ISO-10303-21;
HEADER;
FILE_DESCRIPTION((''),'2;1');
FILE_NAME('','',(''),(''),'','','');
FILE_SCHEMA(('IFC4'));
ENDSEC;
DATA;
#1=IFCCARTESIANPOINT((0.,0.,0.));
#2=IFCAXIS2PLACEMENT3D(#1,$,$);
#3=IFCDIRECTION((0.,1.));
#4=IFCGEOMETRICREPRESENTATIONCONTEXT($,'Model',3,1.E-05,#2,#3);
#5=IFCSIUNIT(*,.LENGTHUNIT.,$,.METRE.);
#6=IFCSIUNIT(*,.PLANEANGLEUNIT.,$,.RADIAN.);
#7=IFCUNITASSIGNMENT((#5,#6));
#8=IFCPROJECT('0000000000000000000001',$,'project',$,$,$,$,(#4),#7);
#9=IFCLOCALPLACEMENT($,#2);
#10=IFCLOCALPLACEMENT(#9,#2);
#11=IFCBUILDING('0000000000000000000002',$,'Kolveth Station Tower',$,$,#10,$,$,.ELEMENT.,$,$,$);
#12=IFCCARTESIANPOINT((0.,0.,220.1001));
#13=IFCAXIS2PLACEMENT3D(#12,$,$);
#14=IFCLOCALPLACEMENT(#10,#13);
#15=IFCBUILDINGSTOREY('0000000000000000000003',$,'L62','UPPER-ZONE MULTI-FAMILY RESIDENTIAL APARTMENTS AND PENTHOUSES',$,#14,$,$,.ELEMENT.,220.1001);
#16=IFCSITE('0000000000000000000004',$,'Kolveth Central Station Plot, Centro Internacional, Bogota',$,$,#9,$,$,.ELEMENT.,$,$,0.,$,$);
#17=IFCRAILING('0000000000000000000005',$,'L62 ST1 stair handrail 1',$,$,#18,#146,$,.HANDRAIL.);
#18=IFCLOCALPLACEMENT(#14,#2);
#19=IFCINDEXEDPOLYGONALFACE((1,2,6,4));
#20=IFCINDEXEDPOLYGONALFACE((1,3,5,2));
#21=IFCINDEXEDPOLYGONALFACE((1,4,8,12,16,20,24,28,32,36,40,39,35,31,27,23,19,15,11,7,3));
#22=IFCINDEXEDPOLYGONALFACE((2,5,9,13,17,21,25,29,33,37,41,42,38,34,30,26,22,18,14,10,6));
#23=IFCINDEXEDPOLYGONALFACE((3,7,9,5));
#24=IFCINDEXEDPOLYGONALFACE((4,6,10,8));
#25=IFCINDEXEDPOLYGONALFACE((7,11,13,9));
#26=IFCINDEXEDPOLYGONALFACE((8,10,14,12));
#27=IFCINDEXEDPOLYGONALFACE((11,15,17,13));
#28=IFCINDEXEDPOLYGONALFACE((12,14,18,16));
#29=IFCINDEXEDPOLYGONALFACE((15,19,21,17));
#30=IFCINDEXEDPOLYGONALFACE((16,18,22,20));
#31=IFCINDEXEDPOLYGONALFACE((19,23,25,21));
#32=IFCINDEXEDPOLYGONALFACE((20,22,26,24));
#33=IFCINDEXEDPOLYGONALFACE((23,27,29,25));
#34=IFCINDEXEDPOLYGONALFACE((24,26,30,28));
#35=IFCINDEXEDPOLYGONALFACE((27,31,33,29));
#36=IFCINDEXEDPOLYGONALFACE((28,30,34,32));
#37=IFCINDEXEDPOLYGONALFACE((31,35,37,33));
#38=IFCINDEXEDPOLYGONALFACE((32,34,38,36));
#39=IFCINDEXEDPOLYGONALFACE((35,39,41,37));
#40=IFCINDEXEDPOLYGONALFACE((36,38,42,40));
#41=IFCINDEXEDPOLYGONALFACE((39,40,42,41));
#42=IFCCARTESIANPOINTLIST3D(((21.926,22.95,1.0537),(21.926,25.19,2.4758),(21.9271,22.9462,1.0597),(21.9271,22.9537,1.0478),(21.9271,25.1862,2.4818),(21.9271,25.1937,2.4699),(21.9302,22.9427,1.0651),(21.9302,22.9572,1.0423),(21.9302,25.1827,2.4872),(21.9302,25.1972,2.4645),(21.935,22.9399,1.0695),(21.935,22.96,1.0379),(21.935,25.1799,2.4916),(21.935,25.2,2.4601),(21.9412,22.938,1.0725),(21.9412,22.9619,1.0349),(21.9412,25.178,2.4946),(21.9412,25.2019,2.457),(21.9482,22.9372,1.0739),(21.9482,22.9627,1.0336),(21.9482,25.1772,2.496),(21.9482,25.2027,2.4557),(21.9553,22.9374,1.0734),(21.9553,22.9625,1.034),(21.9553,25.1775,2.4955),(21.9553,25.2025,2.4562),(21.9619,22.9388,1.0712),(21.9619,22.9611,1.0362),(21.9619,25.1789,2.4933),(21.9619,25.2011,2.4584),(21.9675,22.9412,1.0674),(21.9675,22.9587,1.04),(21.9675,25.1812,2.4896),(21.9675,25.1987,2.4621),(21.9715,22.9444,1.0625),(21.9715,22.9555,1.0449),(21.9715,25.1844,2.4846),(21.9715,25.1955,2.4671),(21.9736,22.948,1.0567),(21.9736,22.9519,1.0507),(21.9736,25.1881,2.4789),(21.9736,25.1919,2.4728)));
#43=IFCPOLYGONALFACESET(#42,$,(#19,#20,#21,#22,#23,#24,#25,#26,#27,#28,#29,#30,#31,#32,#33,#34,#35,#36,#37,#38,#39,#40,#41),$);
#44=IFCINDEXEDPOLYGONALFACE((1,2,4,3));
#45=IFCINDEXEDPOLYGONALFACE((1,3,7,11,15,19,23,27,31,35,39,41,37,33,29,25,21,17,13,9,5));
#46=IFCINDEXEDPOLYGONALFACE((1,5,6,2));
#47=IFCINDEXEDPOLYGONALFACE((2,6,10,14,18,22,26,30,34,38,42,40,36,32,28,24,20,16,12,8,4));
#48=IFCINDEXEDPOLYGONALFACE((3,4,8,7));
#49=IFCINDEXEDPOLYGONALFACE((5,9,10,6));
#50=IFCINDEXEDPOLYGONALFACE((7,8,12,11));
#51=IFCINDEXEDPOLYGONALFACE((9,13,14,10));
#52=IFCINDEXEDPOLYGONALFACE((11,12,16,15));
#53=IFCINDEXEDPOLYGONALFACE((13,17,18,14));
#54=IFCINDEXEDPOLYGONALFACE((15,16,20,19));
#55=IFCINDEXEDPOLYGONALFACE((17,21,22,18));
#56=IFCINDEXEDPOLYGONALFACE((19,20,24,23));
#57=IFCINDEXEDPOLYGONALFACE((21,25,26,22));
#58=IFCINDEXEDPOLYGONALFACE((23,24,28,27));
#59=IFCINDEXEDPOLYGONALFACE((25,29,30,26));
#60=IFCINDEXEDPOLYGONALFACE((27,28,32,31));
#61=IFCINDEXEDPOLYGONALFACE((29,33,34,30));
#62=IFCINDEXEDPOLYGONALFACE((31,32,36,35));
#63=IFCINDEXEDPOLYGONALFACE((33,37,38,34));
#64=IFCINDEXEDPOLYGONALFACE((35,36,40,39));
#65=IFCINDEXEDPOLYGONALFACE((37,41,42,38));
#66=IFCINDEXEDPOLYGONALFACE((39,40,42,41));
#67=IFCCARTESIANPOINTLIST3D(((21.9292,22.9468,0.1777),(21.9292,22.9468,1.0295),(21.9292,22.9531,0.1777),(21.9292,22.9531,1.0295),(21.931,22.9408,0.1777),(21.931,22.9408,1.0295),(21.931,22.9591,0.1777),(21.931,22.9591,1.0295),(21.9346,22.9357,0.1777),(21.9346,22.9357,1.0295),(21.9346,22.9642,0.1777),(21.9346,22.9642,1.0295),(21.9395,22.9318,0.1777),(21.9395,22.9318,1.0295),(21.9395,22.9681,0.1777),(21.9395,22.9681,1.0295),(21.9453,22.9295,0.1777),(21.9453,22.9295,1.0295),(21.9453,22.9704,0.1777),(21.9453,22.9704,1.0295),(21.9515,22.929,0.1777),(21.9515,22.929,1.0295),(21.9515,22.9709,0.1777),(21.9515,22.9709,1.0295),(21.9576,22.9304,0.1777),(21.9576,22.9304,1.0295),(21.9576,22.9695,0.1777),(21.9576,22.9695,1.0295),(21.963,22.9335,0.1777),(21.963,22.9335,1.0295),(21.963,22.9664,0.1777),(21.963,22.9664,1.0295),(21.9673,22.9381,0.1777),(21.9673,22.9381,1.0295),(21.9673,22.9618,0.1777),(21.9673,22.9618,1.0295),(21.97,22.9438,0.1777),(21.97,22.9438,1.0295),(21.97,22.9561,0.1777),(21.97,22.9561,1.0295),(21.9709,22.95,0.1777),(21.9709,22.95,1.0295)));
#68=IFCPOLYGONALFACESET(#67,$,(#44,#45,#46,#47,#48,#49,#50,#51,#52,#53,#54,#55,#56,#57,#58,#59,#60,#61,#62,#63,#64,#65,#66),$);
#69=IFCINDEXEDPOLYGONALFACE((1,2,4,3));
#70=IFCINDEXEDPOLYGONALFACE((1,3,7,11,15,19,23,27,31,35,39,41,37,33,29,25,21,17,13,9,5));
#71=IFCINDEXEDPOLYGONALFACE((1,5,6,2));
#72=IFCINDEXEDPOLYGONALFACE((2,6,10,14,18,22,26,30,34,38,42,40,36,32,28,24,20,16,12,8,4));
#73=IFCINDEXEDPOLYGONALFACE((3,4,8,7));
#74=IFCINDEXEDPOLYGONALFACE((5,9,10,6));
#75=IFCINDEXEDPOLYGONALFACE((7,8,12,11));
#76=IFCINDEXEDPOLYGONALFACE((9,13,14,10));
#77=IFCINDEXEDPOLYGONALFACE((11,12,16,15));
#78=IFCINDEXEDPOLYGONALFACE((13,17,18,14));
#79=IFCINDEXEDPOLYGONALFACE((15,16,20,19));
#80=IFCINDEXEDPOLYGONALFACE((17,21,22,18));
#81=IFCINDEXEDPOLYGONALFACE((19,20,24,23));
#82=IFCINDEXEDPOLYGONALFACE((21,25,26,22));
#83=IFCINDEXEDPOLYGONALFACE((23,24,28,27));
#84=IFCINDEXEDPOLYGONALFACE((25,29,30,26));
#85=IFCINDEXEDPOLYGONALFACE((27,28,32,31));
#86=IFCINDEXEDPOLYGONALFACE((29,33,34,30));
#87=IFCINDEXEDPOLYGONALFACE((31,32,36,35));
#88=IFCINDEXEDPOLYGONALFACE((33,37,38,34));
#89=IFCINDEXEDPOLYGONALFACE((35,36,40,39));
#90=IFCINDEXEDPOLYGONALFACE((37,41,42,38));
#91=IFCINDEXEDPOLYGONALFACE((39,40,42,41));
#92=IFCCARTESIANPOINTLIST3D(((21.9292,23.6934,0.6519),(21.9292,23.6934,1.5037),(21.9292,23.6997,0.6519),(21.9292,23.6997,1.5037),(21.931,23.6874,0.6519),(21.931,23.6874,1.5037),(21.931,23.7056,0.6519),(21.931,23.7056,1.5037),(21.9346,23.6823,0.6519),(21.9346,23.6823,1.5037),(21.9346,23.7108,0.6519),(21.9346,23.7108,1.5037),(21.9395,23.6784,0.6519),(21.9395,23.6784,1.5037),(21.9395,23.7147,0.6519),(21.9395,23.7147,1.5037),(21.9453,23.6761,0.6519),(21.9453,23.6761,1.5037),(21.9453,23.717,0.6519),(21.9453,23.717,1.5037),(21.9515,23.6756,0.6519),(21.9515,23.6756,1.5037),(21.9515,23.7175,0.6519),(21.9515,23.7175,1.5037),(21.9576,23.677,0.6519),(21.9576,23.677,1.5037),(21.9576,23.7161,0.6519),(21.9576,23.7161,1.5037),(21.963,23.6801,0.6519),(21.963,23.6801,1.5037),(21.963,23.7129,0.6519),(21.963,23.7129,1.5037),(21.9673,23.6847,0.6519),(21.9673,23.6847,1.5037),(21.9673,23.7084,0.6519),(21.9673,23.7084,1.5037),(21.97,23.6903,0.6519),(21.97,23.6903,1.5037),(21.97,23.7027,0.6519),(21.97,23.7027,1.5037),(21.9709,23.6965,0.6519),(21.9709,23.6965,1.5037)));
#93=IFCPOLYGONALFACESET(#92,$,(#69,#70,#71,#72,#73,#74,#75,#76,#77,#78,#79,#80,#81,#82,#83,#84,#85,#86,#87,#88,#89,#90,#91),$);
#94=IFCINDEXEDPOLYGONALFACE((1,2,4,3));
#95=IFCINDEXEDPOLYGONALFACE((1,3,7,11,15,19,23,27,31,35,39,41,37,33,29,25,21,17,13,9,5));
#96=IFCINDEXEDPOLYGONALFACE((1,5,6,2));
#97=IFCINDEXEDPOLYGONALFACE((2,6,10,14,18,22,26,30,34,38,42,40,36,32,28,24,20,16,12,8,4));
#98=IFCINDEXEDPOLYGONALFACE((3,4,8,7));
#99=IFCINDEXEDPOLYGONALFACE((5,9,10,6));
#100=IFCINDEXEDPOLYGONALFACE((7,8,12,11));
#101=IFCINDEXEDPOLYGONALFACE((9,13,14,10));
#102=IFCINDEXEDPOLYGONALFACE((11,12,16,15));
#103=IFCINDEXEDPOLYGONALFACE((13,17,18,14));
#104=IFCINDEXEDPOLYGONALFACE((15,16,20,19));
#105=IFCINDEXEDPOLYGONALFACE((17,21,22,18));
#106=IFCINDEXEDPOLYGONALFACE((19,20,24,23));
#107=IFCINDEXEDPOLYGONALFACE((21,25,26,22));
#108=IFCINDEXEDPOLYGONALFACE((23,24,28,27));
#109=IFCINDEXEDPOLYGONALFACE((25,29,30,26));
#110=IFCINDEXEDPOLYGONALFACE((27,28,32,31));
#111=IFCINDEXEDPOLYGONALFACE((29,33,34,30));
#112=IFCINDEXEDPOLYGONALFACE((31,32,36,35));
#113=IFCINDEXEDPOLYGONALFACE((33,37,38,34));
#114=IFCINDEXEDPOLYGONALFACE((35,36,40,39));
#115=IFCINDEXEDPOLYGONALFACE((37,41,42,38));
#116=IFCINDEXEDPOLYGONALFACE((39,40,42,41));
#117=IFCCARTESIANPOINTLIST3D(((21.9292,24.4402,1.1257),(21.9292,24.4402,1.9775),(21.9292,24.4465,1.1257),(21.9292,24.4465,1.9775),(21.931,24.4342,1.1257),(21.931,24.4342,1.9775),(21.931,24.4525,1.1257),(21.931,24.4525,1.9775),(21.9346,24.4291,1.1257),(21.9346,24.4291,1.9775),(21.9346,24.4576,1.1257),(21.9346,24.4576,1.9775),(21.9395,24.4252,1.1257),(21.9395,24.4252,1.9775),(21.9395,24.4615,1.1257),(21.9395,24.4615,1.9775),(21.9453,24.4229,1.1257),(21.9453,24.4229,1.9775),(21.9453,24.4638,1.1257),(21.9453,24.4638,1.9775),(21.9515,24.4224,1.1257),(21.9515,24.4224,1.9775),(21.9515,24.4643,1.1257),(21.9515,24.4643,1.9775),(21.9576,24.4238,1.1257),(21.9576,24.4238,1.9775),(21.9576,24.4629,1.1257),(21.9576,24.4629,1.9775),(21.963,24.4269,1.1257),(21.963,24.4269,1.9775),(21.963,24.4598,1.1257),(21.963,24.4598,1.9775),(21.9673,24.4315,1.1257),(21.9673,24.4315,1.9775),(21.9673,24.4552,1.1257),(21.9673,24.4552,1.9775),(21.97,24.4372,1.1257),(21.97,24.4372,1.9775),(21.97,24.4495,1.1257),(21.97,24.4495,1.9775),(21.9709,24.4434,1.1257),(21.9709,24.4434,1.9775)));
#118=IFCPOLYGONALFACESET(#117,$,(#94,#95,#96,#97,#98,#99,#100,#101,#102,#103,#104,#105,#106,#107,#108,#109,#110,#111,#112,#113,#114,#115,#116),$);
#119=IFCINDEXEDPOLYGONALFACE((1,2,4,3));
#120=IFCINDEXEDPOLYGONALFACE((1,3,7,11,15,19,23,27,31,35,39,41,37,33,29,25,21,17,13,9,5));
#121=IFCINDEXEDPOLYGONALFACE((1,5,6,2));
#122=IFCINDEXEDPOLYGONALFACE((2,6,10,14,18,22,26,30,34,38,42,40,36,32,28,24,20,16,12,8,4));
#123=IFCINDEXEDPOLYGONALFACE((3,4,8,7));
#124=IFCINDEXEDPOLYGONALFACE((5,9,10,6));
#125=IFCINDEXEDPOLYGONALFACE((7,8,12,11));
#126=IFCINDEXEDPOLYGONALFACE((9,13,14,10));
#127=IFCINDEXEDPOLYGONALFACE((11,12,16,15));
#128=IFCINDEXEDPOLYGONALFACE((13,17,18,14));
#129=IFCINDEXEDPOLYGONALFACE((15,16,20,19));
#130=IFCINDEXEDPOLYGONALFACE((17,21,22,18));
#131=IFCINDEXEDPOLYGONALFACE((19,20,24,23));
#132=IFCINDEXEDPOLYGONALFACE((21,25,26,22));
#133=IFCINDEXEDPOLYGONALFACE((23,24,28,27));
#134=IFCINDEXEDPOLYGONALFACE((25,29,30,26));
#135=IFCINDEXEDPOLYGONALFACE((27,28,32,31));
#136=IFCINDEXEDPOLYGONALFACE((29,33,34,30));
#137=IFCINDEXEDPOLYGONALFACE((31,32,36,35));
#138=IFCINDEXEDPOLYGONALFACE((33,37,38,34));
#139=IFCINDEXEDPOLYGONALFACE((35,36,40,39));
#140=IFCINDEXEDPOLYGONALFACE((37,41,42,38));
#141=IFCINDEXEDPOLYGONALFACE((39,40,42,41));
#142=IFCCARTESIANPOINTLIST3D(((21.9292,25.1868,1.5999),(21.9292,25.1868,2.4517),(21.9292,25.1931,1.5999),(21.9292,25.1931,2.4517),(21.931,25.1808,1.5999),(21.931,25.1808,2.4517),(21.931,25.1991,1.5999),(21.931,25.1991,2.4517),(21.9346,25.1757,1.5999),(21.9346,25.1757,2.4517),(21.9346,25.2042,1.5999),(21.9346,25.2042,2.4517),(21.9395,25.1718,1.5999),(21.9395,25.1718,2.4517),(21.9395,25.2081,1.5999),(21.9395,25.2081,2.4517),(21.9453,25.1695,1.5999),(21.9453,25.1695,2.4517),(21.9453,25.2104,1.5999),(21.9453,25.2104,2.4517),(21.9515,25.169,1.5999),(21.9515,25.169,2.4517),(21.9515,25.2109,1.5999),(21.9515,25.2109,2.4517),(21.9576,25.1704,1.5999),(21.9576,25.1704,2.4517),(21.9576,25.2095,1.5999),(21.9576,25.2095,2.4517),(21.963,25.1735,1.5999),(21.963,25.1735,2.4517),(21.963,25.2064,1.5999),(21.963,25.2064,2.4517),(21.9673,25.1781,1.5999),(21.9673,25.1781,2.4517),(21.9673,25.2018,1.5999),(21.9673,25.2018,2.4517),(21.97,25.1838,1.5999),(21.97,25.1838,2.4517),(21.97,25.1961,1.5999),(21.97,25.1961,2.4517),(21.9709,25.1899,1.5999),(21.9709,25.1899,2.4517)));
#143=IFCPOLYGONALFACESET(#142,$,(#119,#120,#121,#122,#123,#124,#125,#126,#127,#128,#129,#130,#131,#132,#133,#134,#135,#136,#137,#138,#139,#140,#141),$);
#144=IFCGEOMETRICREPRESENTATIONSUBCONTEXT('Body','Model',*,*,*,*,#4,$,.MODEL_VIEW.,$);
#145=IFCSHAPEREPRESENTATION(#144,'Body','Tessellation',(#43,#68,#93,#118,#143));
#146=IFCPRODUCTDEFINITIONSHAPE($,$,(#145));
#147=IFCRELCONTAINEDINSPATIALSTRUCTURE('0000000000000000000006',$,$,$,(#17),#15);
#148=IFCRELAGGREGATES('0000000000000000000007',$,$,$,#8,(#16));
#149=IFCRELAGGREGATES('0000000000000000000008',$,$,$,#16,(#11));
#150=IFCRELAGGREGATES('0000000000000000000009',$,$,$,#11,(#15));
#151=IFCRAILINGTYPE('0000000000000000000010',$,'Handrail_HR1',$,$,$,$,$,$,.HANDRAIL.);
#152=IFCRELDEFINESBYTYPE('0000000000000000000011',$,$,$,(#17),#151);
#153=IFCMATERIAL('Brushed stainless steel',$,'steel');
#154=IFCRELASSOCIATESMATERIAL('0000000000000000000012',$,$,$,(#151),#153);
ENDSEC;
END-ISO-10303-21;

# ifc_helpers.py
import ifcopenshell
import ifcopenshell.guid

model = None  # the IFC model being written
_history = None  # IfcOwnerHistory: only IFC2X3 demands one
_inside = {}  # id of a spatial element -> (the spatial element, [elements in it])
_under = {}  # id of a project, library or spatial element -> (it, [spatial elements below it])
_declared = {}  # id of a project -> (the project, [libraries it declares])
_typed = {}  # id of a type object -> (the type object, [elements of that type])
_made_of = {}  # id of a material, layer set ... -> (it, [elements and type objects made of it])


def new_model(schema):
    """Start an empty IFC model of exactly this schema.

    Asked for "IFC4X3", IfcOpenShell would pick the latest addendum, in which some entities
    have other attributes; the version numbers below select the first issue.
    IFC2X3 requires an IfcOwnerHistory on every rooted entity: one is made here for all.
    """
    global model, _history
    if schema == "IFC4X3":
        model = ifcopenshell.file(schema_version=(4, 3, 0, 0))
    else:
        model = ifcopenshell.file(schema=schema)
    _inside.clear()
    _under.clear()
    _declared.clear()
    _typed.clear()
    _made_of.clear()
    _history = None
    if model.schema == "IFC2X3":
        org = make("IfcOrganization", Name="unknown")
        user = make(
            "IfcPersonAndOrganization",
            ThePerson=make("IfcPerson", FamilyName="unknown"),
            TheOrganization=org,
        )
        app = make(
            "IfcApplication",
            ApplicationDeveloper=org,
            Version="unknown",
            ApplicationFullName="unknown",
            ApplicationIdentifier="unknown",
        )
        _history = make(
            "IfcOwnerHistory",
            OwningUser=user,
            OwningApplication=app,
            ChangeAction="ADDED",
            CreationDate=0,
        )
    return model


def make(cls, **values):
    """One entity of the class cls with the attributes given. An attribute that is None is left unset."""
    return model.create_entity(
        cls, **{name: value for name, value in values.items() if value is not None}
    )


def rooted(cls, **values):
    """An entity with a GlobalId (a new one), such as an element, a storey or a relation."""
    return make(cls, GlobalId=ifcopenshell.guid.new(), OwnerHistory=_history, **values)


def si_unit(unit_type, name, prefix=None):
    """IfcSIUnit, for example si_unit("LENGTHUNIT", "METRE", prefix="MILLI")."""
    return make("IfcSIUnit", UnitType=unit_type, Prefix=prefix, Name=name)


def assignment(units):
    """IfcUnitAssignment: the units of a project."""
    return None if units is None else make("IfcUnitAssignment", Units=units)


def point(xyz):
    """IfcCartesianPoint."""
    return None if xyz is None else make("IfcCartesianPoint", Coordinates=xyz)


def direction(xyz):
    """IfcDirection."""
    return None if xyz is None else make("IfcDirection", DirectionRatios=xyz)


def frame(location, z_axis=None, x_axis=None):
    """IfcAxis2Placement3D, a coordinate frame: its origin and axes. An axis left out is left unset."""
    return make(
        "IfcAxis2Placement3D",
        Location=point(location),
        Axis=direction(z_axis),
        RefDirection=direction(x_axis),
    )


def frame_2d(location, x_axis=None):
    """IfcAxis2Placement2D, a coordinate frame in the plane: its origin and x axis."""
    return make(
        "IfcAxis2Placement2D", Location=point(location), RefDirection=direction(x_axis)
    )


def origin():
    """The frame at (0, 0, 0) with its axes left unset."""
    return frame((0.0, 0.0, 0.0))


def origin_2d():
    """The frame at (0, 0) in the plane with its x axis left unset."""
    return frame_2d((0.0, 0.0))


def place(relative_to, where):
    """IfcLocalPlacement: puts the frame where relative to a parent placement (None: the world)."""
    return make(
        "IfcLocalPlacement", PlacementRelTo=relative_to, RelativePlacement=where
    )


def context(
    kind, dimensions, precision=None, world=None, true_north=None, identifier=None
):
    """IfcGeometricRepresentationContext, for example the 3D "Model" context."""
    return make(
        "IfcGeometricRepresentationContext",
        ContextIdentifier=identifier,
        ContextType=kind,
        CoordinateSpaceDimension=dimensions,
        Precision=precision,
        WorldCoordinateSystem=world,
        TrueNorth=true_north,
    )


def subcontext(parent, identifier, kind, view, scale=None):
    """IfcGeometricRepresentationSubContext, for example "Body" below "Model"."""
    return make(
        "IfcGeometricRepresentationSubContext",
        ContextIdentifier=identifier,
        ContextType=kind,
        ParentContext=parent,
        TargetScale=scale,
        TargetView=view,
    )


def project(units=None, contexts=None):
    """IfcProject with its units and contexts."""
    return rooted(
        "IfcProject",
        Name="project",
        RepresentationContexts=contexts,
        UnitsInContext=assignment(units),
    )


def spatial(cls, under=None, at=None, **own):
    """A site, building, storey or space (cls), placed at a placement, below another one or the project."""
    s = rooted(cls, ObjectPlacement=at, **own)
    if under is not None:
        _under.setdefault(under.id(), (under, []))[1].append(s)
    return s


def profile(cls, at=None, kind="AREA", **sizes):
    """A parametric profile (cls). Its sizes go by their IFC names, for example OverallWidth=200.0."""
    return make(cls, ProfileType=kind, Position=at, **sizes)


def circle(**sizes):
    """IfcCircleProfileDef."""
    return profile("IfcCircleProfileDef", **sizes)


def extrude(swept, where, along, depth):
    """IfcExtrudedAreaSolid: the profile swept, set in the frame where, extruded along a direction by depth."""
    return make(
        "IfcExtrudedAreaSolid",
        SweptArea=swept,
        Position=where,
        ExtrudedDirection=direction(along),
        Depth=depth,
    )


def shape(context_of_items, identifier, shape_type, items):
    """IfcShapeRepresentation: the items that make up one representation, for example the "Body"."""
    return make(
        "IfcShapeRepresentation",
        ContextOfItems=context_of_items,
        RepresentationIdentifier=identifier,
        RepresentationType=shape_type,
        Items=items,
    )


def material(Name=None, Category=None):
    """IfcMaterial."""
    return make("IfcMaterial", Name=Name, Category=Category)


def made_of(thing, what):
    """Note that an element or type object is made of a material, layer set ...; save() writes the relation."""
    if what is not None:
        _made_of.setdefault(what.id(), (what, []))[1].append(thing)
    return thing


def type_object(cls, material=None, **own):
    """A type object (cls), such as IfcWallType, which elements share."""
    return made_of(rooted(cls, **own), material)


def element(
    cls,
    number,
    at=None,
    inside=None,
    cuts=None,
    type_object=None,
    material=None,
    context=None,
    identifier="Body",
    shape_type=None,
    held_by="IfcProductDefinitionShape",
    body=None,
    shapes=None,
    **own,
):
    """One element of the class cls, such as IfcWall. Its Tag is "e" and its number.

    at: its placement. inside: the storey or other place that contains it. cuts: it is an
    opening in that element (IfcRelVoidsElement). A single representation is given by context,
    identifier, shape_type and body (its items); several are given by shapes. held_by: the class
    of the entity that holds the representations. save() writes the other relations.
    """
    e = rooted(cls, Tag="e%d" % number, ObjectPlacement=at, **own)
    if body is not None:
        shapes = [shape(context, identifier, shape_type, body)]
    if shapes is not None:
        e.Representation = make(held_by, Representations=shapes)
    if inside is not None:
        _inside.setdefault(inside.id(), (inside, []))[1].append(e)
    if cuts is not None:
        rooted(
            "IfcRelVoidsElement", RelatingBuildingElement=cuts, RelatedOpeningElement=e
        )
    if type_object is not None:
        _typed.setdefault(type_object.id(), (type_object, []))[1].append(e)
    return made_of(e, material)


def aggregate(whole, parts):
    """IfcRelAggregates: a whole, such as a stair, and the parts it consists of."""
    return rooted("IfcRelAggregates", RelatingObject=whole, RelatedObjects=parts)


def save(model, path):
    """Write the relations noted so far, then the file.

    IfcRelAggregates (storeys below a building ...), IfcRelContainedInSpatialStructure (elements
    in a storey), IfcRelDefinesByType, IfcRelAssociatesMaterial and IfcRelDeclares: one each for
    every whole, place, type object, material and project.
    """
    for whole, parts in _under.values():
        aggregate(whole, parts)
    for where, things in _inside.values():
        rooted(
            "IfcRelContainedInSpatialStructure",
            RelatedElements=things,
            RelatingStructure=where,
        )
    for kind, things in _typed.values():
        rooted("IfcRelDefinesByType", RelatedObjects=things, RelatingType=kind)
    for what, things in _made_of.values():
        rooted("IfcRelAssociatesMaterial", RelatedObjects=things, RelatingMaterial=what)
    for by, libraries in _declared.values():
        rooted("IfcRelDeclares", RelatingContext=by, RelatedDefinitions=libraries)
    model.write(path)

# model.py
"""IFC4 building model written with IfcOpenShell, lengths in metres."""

from ifc_helpers import new_model, si_unit, direction, frame, origin, origin_2d, place, context, subcontext, project, spatial, circle, extrude, material, type_object, element, save


model = new_model("IFC4")

# Units and contexts
model_context = context("Model", 3, precision=1e-05, world=origin(), true_north=direction((0.0, 1.0)))
body_context = subcontext(model_context, "Body", "Model", "MODEL_VIEW")
ifc_project = project(units=[si_unit("LENGTHUNIT", "METRE"), si_unit("PLANEANGLEUNIT", "RADIAN")], contexts=[model_context])

# Site, building, storey
site_placement = place(None, origin())
site = spatial("IfcSite", under=ifc_project, at=site_placement, Name="Kolveth Central Station Plot, Centro Internacional, Bogota", CompositionType="ELEMENT", RefElevation=0.0)
building_placement = place(site_placement, origin())
building = spatial("IfcBuilding", under=site, at=building_placement, Name="Kolveth Station Tower", CompositionType="ELEMENT")
storey_placement = place(building_placement, frame((0.0, 0.0, 220.1001)))
storey = spatial("IfcBuildingStorey", under=building, at=storey_placement, Name="L62", Description="UPPER-ZONE MULTI-FAMILY RESIDENTIAL APARTMENTS AND PENTHOUSES", CompositionType="ELEMENT", Elevation=220.1001)

# Railing
ifc_material_1 = material(Name="Brushed stainless steel", Category="steel")
railing_type_1 = type_object("IfcRailingType", Name="Handrail_HR1", PredefinedType="HANDRAIL", material=ifc_material_1)
for number, where, name in (
    (1, (21.95, 22.95, 0.1777), "L62 ST1 stair handrail 1"),
):
    element("IfcRailing", number, at=place(storey_placement, frame(where)), inside=storey, type_object=railing_type_1, Name=name, PredefinedType="HANDRAIL", context=body_context, shape_type="SweptSolid", body=[
        extrude(circle(Radius=0.0239, at=origin_2d()), frame((0.0, 0.0, 0.876), z_axis=(0.0, 0.844229, 0.535982), x_axis=(-1.0, 0.0, 0.0)), (0.0, 0.0, 1.0), 2.6533),
        extrude(circle(Radius=0.021, at=origin_2d()), origin(), (0.0, 0.0, 1.0), 0.8518),
        extrude(circle(Radius=0.021, at=origin_2d()), frame((0.0, 0.7466, 0.4741)), (0.0, 0.0, 1.0), 0.8518),
        extrude(circle(Radius=0.021, at=origin_2d()), frame((0.0, 1.4934, 0.948)), (0.0, 0.0, 1.0), 0.8518),
        extrude(circle(Radius=0.021, at=origin_2d()), frame((0.0, 2.24, 1.4221)), (0.0, 0.0, 1.0), 0.8518),
    ])

save(model, "model.ifc")
